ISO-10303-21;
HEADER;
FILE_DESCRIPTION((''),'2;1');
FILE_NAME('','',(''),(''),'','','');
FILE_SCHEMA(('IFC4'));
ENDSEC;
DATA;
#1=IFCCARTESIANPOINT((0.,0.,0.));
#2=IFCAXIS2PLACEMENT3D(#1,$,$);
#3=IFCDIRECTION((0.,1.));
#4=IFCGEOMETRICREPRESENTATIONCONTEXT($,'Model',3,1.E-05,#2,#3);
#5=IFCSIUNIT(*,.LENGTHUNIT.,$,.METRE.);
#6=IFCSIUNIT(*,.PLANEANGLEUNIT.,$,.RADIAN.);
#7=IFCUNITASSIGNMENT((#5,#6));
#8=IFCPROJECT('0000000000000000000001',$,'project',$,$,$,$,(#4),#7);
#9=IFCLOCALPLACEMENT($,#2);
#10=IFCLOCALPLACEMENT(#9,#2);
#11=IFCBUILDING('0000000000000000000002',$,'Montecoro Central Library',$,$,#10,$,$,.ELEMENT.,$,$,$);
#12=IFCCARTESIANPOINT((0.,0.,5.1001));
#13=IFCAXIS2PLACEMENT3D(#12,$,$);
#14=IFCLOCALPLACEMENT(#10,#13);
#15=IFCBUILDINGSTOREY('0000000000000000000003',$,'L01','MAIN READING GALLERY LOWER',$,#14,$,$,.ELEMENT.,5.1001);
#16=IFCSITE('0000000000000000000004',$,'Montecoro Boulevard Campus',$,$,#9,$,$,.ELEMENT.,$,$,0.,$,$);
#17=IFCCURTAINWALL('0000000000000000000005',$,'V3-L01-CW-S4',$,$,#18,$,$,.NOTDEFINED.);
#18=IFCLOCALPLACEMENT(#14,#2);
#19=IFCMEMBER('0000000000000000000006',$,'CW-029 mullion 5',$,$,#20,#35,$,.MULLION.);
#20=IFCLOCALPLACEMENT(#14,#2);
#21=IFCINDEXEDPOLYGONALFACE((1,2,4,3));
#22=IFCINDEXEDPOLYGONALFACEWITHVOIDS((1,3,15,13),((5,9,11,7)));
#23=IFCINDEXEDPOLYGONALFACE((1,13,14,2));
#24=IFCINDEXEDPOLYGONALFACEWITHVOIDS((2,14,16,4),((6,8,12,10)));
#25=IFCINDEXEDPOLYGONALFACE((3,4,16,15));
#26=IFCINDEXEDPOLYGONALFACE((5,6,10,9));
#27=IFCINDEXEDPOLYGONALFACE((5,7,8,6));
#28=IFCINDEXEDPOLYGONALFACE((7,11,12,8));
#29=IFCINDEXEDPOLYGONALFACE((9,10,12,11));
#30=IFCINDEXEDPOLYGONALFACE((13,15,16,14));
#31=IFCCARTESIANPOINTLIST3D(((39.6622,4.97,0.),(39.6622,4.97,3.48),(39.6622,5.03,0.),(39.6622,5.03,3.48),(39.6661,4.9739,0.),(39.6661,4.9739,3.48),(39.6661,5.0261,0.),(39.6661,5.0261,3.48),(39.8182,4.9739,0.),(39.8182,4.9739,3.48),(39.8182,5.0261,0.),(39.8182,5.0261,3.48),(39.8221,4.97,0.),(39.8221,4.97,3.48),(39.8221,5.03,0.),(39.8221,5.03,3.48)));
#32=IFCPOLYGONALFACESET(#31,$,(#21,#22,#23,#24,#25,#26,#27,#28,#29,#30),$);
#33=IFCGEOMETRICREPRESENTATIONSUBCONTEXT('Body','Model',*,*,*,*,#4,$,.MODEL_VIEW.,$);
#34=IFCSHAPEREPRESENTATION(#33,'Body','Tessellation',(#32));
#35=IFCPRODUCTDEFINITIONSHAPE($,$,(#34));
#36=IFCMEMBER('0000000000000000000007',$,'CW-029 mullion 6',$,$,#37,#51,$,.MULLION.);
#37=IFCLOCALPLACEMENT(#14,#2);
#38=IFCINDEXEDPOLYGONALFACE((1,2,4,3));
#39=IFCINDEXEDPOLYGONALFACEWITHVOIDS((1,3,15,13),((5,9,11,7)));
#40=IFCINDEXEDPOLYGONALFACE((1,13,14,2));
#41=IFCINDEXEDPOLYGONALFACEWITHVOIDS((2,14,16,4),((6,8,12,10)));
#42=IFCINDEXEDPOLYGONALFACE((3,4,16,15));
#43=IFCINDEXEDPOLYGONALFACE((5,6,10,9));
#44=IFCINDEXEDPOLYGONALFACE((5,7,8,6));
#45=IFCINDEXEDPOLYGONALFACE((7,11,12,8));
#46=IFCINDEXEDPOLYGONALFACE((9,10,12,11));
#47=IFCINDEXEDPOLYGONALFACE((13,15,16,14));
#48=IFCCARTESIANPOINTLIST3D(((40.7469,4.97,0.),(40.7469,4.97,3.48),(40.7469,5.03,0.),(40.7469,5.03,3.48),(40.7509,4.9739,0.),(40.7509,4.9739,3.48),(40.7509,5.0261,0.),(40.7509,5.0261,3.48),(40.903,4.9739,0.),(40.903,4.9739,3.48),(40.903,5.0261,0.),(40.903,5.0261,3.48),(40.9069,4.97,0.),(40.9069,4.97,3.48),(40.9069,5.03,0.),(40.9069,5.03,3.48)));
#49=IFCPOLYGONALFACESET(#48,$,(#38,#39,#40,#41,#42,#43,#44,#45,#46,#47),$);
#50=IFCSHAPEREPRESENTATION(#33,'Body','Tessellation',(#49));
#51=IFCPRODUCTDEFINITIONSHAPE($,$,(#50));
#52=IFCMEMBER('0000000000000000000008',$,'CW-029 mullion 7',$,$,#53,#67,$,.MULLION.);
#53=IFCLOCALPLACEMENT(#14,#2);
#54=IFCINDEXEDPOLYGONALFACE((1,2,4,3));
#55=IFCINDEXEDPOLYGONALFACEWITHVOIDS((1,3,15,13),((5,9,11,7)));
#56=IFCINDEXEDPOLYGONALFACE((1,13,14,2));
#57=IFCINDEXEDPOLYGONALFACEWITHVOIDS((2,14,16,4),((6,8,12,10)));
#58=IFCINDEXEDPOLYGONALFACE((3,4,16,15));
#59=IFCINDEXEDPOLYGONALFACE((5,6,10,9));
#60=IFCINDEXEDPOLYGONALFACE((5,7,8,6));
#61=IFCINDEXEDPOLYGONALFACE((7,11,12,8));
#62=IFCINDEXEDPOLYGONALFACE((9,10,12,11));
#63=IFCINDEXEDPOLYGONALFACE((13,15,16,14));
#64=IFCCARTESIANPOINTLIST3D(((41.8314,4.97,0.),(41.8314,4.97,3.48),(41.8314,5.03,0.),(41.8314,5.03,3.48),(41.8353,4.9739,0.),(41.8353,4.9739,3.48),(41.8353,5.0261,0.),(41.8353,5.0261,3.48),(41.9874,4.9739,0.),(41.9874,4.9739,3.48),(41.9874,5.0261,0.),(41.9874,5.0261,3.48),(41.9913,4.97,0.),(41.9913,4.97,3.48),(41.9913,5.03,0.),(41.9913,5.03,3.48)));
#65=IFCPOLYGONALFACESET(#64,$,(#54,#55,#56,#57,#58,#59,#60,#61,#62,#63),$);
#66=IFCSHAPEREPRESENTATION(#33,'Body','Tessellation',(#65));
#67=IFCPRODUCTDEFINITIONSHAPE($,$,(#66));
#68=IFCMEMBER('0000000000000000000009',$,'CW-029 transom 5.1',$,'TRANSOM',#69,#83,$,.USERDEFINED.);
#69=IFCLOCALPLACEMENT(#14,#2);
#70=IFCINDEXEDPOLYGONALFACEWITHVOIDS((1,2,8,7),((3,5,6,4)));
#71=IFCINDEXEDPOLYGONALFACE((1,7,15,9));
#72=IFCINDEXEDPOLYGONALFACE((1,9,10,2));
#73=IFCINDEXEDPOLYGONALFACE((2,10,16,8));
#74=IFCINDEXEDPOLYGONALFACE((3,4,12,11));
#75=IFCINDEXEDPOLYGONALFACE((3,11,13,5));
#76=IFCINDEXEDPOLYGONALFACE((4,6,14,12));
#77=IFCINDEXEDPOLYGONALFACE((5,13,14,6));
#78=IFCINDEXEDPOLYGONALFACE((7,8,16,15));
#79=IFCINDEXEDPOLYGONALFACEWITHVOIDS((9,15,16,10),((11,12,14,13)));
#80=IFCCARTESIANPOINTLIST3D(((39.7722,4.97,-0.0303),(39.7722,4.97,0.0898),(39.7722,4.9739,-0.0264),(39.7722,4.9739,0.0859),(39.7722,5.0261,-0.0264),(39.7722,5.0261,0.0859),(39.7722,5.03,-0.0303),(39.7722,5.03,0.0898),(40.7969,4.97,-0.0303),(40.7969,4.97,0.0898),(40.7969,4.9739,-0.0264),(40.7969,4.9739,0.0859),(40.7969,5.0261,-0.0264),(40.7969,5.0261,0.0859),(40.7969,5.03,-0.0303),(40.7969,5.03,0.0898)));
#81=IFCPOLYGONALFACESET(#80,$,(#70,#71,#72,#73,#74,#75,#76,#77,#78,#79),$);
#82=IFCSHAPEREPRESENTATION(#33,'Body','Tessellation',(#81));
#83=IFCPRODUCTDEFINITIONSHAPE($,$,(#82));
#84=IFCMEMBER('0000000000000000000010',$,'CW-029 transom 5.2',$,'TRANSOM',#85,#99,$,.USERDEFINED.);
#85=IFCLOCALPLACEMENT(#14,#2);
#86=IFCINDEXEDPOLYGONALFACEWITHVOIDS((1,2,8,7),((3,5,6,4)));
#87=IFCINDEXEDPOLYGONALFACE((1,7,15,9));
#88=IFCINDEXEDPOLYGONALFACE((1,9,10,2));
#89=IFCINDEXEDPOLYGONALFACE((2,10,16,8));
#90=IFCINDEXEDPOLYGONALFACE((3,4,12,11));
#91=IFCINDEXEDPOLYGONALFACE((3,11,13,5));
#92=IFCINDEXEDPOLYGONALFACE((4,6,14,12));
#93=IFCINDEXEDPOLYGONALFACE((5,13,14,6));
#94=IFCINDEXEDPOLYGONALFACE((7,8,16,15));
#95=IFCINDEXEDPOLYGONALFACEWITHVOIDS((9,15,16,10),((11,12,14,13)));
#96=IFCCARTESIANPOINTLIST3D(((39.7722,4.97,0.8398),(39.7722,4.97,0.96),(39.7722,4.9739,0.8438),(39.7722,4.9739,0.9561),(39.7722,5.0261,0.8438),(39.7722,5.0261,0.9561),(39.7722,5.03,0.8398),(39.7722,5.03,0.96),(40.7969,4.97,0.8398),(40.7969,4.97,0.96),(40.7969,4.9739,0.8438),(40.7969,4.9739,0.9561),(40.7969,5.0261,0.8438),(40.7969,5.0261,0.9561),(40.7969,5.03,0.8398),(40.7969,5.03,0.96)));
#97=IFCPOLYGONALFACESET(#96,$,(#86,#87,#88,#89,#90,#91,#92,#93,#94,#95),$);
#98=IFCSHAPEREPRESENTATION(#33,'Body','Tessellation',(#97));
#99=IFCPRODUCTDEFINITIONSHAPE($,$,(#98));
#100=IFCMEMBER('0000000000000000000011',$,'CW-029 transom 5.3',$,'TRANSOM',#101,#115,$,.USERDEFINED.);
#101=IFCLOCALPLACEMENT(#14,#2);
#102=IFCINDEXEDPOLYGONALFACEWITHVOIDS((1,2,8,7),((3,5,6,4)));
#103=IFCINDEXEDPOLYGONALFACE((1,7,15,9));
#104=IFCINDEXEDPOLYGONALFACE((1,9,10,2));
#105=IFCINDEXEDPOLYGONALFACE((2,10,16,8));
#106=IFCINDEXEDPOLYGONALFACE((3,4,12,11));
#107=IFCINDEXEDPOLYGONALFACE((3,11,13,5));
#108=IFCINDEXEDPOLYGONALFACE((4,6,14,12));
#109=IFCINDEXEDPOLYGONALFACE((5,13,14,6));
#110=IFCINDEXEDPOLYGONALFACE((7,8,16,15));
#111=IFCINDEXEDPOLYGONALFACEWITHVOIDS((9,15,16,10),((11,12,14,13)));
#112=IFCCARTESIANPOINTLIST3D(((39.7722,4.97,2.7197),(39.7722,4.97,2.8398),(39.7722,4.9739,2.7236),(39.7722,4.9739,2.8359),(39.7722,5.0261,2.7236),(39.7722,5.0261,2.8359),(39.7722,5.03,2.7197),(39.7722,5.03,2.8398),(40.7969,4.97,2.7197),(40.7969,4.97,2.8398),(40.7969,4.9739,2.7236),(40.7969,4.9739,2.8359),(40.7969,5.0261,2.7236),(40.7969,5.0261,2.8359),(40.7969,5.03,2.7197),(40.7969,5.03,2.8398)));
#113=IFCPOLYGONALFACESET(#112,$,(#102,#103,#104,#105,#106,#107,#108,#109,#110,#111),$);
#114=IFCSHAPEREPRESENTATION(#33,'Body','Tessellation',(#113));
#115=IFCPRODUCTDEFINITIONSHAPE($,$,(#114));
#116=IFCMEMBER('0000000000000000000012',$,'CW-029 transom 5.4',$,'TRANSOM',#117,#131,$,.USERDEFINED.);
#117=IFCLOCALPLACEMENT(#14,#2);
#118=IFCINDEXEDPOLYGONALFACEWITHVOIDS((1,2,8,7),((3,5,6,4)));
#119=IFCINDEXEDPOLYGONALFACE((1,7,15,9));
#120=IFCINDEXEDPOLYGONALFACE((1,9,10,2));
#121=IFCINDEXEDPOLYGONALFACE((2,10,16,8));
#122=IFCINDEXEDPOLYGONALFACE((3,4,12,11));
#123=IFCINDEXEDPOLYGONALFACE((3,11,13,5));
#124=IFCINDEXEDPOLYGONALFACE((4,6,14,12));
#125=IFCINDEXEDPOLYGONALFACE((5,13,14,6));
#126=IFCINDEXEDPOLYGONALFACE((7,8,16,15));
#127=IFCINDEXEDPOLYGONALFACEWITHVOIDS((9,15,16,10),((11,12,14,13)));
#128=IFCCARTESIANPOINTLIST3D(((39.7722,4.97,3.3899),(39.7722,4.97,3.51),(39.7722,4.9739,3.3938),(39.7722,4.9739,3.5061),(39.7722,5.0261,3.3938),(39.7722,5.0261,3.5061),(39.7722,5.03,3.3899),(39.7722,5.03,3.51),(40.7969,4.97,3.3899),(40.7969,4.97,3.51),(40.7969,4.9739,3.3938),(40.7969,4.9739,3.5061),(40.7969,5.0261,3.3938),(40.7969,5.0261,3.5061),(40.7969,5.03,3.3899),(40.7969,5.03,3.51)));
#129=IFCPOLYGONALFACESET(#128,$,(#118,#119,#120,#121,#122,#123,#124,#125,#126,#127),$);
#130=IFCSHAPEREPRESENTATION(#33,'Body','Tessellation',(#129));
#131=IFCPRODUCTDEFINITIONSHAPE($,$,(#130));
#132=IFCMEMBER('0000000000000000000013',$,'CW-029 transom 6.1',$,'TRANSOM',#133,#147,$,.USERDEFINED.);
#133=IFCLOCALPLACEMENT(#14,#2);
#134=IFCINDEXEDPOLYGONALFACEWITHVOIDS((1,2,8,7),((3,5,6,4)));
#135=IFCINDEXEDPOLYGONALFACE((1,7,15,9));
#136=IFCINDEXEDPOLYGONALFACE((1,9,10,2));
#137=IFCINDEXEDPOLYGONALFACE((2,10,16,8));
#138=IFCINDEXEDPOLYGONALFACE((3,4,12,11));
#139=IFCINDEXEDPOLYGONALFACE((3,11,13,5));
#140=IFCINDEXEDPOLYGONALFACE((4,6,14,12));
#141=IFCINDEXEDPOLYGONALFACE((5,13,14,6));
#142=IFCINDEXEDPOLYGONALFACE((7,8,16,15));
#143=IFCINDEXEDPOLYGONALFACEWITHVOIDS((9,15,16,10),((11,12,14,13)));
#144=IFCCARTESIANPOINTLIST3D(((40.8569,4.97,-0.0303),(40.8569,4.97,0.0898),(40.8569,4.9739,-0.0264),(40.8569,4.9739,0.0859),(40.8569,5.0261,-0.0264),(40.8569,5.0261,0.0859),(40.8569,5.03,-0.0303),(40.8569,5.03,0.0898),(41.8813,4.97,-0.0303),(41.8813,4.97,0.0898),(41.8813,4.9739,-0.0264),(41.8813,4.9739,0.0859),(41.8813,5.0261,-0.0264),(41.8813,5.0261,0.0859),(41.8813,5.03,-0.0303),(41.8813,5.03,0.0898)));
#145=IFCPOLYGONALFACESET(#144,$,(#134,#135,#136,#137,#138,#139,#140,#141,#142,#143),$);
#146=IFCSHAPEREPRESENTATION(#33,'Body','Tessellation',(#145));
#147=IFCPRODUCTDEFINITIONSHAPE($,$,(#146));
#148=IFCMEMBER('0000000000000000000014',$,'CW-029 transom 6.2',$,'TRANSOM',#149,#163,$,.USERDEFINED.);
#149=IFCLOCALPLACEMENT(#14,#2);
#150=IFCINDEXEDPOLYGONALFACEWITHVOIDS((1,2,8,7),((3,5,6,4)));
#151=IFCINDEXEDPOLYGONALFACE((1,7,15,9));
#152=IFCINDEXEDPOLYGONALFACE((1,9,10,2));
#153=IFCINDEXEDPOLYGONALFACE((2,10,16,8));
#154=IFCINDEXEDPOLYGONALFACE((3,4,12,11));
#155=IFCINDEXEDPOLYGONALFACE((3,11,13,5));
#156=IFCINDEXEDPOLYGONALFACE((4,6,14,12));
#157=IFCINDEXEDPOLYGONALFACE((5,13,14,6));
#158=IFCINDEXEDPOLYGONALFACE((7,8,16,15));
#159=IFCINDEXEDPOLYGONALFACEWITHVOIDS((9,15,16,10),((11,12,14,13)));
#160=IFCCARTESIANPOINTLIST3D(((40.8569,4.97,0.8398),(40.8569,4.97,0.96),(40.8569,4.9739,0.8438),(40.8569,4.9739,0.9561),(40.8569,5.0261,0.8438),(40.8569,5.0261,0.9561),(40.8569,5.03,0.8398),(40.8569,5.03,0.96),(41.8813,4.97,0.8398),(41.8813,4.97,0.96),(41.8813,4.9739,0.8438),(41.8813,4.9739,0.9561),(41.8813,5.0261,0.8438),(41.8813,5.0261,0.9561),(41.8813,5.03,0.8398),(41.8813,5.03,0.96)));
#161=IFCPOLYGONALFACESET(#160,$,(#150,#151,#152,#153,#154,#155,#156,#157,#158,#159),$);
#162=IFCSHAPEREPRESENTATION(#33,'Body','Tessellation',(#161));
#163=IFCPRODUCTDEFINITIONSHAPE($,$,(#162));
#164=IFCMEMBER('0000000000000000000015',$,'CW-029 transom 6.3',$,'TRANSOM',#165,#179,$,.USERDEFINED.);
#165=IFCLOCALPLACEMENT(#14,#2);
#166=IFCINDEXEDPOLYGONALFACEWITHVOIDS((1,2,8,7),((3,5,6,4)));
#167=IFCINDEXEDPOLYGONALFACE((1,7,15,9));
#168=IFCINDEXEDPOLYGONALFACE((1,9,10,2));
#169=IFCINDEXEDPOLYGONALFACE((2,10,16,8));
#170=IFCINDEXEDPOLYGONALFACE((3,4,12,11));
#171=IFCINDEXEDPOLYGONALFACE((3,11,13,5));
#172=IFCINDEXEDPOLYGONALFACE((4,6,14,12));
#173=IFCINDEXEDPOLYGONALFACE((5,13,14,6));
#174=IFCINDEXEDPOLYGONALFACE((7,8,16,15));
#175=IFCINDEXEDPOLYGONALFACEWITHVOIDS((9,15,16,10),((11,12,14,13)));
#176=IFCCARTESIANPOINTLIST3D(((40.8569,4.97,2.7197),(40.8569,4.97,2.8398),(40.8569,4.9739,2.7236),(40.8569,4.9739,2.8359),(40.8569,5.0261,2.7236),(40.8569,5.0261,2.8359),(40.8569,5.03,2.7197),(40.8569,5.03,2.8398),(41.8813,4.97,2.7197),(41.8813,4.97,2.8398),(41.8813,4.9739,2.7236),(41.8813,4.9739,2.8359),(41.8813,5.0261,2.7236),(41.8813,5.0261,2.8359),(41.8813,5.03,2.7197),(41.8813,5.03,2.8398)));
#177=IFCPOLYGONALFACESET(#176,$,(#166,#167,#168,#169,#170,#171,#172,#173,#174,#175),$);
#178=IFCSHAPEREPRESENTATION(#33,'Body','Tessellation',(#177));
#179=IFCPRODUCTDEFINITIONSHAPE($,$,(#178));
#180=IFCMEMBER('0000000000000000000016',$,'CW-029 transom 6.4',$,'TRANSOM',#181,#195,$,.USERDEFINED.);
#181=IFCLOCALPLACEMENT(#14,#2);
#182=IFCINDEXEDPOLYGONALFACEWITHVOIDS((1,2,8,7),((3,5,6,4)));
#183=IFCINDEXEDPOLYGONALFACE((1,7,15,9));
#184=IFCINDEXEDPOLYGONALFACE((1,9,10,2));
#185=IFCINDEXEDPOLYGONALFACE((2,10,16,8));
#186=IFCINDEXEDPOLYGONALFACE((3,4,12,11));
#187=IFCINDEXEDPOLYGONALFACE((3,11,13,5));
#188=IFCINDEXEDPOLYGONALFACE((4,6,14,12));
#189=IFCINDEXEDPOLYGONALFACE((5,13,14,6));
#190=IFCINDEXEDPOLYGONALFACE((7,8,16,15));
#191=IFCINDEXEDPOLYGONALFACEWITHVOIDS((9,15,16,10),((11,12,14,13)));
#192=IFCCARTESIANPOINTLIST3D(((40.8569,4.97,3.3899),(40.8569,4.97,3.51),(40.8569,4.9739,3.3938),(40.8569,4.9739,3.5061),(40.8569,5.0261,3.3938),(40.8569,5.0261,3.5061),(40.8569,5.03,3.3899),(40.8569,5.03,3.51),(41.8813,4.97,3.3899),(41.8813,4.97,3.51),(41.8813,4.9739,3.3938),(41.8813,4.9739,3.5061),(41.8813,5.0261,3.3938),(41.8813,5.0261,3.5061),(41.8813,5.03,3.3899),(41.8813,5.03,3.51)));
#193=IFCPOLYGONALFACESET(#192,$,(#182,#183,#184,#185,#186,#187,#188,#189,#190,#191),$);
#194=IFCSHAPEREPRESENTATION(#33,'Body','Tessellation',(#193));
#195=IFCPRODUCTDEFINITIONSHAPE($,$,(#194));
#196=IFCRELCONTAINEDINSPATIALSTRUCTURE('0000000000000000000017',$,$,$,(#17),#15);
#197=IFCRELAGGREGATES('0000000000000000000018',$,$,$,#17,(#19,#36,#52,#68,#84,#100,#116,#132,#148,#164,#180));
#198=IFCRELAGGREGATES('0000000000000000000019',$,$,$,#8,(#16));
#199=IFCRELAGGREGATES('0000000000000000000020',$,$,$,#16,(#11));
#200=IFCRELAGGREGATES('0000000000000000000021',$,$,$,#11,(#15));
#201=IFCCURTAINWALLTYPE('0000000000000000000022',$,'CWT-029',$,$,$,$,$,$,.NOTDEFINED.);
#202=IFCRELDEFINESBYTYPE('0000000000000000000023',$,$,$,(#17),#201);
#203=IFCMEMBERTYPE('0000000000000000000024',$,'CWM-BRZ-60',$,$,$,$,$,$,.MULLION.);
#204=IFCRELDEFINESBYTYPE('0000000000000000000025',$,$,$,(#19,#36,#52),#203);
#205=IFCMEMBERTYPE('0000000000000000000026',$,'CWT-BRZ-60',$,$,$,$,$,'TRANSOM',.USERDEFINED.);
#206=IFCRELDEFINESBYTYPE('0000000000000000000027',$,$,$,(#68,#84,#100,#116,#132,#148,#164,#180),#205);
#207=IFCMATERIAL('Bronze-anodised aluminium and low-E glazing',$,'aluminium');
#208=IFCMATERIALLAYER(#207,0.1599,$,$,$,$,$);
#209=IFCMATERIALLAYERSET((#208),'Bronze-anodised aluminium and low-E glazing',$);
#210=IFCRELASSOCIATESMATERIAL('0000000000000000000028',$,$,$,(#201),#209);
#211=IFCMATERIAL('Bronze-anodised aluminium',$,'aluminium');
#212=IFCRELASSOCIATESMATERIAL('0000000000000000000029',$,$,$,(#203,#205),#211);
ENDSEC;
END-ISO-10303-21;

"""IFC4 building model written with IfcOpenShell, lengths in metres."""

from ifc_helpers import new_model, si_unit, direction, frame, origin, origin_2d, place, context, subcontext, project, spatial, hollow_rectangle, extrude, material, layer, layer_set, material_profile, profile_set, type_object, element, aggregate, save


model = new_model("IFC4")

# Units and contexts
model_context = context("Model", 3, precision=1e-05, world=origin(), true_north=direction((0.0, 1.0)))
body_context = subcontext(model_context, "Body", "Model", "MODEL_VIEW")
ifc_project = project(units=[si_unit("LENGTHUNIT", "METRE"), si_unit("PLANEANGLEUNIT", "RADIAN")], contexts=[model_context])

# Site, building, storey
site_placement = place(None, origin())
site = spatial("IfcSite", under=ifc_project, at=site_placement, Name="Montecoro Boulevard Campus", CompositionType="ELEMENT", RefElevation=0.0)
building_placement = place(site_placement, origin())
building = spatial("IfcBuilding", under=site, at=building_placement, Name="Montecoro Central Library", CompositionType="ELEMENT")
storey_placement = place(building_placement, frame((0.0, 0.0, 5.1001)))
storey = spatial("IfcBuildingStorey", under=building, at=storey_placement, Name="L01", Description="MAIN READING GALLERY LOWER", CompositionType="ELEMENT", Elevation=5.1001)

# Curtain wall, members
ifc_material_1 = material(Name="Bronze-anodised aluminium and low-E glazing", Category="aluminium")
ifc_layer_1 = layer(ifc_material_1, 0.1599)
ifc_layer_set_1 = layer_set([ifc_layer_1], Name="Bronze-anodised aluminium and low-E glazing")
curtain_wall_type = type_object("IfcCurtainWallType", Name="CWT-029", PredefinedType="NOTDEFINED", material=ifc_layer_set_1)
curtain_wall_placement = place(storey_placement, origin())
curtain_wall = element("IfcCurtainWall", 1, at=curtain_wall_placement, inside=storey, type_object=curtain_wall_type, Name="V3-L01-CW-S4", PredefinedType="NOTDEFINED")
ifc_material_2 = material(Name="Bronze-anodised aluminium", Category="aluminium")
ifc_material_profile_1 = material_profile(ifc_material_2, hollow_rectangle(XDim=0.0601, YDim=0.1599, WallThickness=0.0039, at=origin_2d()), Name="CWM 160x60x4.0")
ifc_profile_set_1 = profile_set([ifc_material_profile_1], Name="Bronze-anodised aluminium")
member_type_1 = type_object("IfcMemberType", Name="CWM-BRZ-60", PredefinedType="MULLION", material=ifc_profile_set_1)
member_1_placement = place(storey_placement, frame((39.7422, 5.0, 0.0), z_axis=(0.0, 0.0, 1.0), x_axis=(0.0, 1.0, 0.0)))
member_1 = element("IfcMember", 2, at=member_1_placement, type_object=member_type_1, Name="CW-029 mullion 5", PredefinedType="MULLION", context=body_context, shape_type="SweptSolid", body=[
    extrude(hollow_rectangle(XDim=0.0601, YDim=0.1599, WallThickness=0.0039, at=origin_2d()), origin(), (0.0, 0.0, 1.0), 3.48),
])
member_2_placement = place(storey_placement, frame((40.8269, 5.0, 0.0), z_axis=(0.0, 0.0, 1.0), x_axis=(0.0, 1.0, 0.0)))
member_2 = element("IfcMember", 3, at=member_2_placement, type_object=member_type_1, Name="CW-029 mullion 6", PredefinedType="MULLION", context=body_context, shape_type="SweptSolid", body=[
    extrude(hollow_rectangle(XDim=0.0601, YDim=0.1599, WallThickness=0.0039, at=origin_2d()), origin(), (0.0, 0.0, 1.0), 3.48),
])
member_3_placement = place(storey_placement, frame((41.9114, 5.0, 0.0), z_axis=(0.0, 0.0, 1.0), x_axis=(0.0, 1.0, 0.0)))
member_3 = element("IfcMember", 4, at=member_3_placement, type_object=member_type_1, Name="CW-029 mullion 7", PredefinedType="MULLION", context=body_context, shape_type="SweptSolid", body=[
    extrude(hollow_rectangle(XDim=0.0601, YDim=0.1599, WallThickness=0.0039, at=origin_2d()), origin(), (0.0, 0.0, 1.0), 3.48),
])
ifc_material_profile_2 = material_profile(ifc_material_2, hollow_rectangle(XDim=0.0601, YDim=0.1201, WallThickness=0.0039, at=origin_2d()), Name="CWT 120x60x4.0")
ifc_profile_set_2 = profile_set([ifc_material_profile_2], Name="Bronze-anodised aluminium")
member_type_2 = type_object("IfcMemberType", Name="CWT-BRZ-60", ElementType="TRANSOM", PredefinedType="USERDEFINED", material=ifc_profile_set_2)
member_4_placement = place(storey_placement, frame((39.7722, 5.0, 0.0298), z_axis=(1.0, 0.0, 0.0), x_axis=(0.0, 1.0, 0.0)))
member_4 = element("IfcMember", 5, at=member_4_placement, type_object=member_type_2, Name="CW-029 transom 5.1", ObjectType="TRANSOM", PredefinedType="USERDEFINED", context=body_context, shape_type="SweptSolid", body=[
    extrude(hollow_rectangle(XDim=0.0601, YDim=0.1201, WallThickness=0.0039, at=origin_2d()), origin(), (0.0, 0.0, 1.0), 1.0247),
])
member_5_placement = place(storey_placement, frame((39.7722, 5.0, 0.8999), z_axis=(1.0, 0.0, 0.0), x_axis=(0.0, 1.0, 0.0)))
member_5 = element("IfcMember", 6, at=member_5_placement, type_object=member_type_2, Name="CW-029 transom 5.2", ObjectType="TRANSOM", PredefinedType="USERDEFINED", context=body_context, shape_type="SweptSolid", body=[
    extrude(hollow_rectangle(XDim=0.0601, YDim=0.1201, WallThickness=0.0039, at=origin_2d()), origin(), (0.0, 0.0, 1.0), 1.0247),
])
member_6_placement = place(storey_placement, frame((39.7722, 5.0, 2.7798), z_axis=(1.0, 0.0, 0.0), x_axis=(0.0, 1.0, 0.0)))
member_6 = element("IfcMember", 7, at=member_6_placement, type_object=member_type_2, Name="CW-029 transom 5.3", ObjectType="TRANSOM", PredefinedType="USERDEFINED", context=body_context, shape_type="SweptSolid", body=[
    extrude(hollow_rectangle(XDim=0.0601, YDim=0.1201, WallThickness=0.0039, at=origin_2d()), origin(), (0.0, 0.0, 1.0), 1.0247),
])
member_7_placement = place(storey_placement, frame((39.7722, 5.0, 3.45), z_axis=(1.0, 0.0, 0.0), x_axis=(0.0, 1.0, 0.0)))
member_7 = element("IfcMember", 8, at=member_7_placement, type_object=member_type_2, Name="CW-029 transom 5.4", ObjectType="TRANSOM", PredefinedType="USERDEFINED", context=body_context, shape_type="SweptSolid", body=[
    extrude(hollow_rectangle(XDim=0.0601, YDim=0.1201, WallThickness=0.0039, at=origin_2d()), origin(), (0.0, 0.0, 1.0), 1.0247),
])
member_8_placement = place(storey_placement, frame((40.8569, 5.0, 0.0298), z_axis=(1.0, 0.0, 0.0), x_axis=(0.0, 1.0, 0.0)))
member_8 = element("IfcMember", 9, at=member_8_placement, type_object=member_type_2, Name="CW-029 transom 6.1", ObjectType="TRANSOM", PredefinedType="USERDEFINED", context=body_context, shape_type="SweptSolid", body=[
    extrude(hollow_rectangle(XDim=0.0601, YDim=0.1201, WallThickness=0.0039, at=origin_2d()), origin(), (0.0, 0.0, 1.0), 1.0244),
])
member_9_placement = place(storey_placement, frame((40.8569, 5.0, 0.8999), z_axis=(1.0, 0.0, 0.0), x_axis=(0.0, 1.0, 0.0)))
member_9 = element("IfcMember", 10, at=member_9_placement, type_object=member_type_2, Name="CW-029 transom 6.2", ObjectType="TRANSOM", PredefinedType="USERDEFINED", context=body_context, shape_type="SweptSolid", body=[
    extrude(hollow_rectangle(XDim=0.0601, YDim=0.1201, WallThickness=0.0039, at=origin_2d()), origin(), (0.0, 0.0, 1.0), 1.0244),
])
member_10_placement = place(storey_placement, frame((40.8569, 5.0, 2.7798), z_axis=(1.0, 0.0, 0.0), x_axis=(0.0, 1.0, 0.0)))
member_10 = element("IfcMember", 11, at=member_10_placement, type_object=member_type_2, Name="CW-029 transom 6.3", ObjectType="TRANSOM", PredefinedType="USERDEFINED", context=body_context, shape_type="SweptSolid", body=[
    extrude(hollow_rectangle(XDim=0.0601, YDim=0.1201, WallThickness=0.0039, at=origin_2d()), origin(), (0.0, 0.0, 1.0), 1.0244),
])
member_11_placement = place(storey_placement, frame((40.8569, 5.0, 3.45), z_axis=(1.0, 0.0, 0.0), x_axis=(0.0, 1.0, 0.0)))
member_11 = element("IfcMember", 12, at=member_11_placement, type_object=member_type_2, Name="CW-029 transom 6.4", ObjectType="TRANSOM", PredefinedType="USERDEFINED", context=body_context, shape_type="SweptSolid", body=[
    extrude(hollow_rectangle(XDim=0.0601, YDim=0.1201, WallThickness=0.0039, at=origin_2d()), origin(), (0.0, 0.0, 1.0), 1.0244),
])
aggregate(curtain_wall, [member_1, member_2, member_3, member_4, member_5, member_6, member_7, member_8, member_9, member_10, member_11])

save(model, "model.ifc")
